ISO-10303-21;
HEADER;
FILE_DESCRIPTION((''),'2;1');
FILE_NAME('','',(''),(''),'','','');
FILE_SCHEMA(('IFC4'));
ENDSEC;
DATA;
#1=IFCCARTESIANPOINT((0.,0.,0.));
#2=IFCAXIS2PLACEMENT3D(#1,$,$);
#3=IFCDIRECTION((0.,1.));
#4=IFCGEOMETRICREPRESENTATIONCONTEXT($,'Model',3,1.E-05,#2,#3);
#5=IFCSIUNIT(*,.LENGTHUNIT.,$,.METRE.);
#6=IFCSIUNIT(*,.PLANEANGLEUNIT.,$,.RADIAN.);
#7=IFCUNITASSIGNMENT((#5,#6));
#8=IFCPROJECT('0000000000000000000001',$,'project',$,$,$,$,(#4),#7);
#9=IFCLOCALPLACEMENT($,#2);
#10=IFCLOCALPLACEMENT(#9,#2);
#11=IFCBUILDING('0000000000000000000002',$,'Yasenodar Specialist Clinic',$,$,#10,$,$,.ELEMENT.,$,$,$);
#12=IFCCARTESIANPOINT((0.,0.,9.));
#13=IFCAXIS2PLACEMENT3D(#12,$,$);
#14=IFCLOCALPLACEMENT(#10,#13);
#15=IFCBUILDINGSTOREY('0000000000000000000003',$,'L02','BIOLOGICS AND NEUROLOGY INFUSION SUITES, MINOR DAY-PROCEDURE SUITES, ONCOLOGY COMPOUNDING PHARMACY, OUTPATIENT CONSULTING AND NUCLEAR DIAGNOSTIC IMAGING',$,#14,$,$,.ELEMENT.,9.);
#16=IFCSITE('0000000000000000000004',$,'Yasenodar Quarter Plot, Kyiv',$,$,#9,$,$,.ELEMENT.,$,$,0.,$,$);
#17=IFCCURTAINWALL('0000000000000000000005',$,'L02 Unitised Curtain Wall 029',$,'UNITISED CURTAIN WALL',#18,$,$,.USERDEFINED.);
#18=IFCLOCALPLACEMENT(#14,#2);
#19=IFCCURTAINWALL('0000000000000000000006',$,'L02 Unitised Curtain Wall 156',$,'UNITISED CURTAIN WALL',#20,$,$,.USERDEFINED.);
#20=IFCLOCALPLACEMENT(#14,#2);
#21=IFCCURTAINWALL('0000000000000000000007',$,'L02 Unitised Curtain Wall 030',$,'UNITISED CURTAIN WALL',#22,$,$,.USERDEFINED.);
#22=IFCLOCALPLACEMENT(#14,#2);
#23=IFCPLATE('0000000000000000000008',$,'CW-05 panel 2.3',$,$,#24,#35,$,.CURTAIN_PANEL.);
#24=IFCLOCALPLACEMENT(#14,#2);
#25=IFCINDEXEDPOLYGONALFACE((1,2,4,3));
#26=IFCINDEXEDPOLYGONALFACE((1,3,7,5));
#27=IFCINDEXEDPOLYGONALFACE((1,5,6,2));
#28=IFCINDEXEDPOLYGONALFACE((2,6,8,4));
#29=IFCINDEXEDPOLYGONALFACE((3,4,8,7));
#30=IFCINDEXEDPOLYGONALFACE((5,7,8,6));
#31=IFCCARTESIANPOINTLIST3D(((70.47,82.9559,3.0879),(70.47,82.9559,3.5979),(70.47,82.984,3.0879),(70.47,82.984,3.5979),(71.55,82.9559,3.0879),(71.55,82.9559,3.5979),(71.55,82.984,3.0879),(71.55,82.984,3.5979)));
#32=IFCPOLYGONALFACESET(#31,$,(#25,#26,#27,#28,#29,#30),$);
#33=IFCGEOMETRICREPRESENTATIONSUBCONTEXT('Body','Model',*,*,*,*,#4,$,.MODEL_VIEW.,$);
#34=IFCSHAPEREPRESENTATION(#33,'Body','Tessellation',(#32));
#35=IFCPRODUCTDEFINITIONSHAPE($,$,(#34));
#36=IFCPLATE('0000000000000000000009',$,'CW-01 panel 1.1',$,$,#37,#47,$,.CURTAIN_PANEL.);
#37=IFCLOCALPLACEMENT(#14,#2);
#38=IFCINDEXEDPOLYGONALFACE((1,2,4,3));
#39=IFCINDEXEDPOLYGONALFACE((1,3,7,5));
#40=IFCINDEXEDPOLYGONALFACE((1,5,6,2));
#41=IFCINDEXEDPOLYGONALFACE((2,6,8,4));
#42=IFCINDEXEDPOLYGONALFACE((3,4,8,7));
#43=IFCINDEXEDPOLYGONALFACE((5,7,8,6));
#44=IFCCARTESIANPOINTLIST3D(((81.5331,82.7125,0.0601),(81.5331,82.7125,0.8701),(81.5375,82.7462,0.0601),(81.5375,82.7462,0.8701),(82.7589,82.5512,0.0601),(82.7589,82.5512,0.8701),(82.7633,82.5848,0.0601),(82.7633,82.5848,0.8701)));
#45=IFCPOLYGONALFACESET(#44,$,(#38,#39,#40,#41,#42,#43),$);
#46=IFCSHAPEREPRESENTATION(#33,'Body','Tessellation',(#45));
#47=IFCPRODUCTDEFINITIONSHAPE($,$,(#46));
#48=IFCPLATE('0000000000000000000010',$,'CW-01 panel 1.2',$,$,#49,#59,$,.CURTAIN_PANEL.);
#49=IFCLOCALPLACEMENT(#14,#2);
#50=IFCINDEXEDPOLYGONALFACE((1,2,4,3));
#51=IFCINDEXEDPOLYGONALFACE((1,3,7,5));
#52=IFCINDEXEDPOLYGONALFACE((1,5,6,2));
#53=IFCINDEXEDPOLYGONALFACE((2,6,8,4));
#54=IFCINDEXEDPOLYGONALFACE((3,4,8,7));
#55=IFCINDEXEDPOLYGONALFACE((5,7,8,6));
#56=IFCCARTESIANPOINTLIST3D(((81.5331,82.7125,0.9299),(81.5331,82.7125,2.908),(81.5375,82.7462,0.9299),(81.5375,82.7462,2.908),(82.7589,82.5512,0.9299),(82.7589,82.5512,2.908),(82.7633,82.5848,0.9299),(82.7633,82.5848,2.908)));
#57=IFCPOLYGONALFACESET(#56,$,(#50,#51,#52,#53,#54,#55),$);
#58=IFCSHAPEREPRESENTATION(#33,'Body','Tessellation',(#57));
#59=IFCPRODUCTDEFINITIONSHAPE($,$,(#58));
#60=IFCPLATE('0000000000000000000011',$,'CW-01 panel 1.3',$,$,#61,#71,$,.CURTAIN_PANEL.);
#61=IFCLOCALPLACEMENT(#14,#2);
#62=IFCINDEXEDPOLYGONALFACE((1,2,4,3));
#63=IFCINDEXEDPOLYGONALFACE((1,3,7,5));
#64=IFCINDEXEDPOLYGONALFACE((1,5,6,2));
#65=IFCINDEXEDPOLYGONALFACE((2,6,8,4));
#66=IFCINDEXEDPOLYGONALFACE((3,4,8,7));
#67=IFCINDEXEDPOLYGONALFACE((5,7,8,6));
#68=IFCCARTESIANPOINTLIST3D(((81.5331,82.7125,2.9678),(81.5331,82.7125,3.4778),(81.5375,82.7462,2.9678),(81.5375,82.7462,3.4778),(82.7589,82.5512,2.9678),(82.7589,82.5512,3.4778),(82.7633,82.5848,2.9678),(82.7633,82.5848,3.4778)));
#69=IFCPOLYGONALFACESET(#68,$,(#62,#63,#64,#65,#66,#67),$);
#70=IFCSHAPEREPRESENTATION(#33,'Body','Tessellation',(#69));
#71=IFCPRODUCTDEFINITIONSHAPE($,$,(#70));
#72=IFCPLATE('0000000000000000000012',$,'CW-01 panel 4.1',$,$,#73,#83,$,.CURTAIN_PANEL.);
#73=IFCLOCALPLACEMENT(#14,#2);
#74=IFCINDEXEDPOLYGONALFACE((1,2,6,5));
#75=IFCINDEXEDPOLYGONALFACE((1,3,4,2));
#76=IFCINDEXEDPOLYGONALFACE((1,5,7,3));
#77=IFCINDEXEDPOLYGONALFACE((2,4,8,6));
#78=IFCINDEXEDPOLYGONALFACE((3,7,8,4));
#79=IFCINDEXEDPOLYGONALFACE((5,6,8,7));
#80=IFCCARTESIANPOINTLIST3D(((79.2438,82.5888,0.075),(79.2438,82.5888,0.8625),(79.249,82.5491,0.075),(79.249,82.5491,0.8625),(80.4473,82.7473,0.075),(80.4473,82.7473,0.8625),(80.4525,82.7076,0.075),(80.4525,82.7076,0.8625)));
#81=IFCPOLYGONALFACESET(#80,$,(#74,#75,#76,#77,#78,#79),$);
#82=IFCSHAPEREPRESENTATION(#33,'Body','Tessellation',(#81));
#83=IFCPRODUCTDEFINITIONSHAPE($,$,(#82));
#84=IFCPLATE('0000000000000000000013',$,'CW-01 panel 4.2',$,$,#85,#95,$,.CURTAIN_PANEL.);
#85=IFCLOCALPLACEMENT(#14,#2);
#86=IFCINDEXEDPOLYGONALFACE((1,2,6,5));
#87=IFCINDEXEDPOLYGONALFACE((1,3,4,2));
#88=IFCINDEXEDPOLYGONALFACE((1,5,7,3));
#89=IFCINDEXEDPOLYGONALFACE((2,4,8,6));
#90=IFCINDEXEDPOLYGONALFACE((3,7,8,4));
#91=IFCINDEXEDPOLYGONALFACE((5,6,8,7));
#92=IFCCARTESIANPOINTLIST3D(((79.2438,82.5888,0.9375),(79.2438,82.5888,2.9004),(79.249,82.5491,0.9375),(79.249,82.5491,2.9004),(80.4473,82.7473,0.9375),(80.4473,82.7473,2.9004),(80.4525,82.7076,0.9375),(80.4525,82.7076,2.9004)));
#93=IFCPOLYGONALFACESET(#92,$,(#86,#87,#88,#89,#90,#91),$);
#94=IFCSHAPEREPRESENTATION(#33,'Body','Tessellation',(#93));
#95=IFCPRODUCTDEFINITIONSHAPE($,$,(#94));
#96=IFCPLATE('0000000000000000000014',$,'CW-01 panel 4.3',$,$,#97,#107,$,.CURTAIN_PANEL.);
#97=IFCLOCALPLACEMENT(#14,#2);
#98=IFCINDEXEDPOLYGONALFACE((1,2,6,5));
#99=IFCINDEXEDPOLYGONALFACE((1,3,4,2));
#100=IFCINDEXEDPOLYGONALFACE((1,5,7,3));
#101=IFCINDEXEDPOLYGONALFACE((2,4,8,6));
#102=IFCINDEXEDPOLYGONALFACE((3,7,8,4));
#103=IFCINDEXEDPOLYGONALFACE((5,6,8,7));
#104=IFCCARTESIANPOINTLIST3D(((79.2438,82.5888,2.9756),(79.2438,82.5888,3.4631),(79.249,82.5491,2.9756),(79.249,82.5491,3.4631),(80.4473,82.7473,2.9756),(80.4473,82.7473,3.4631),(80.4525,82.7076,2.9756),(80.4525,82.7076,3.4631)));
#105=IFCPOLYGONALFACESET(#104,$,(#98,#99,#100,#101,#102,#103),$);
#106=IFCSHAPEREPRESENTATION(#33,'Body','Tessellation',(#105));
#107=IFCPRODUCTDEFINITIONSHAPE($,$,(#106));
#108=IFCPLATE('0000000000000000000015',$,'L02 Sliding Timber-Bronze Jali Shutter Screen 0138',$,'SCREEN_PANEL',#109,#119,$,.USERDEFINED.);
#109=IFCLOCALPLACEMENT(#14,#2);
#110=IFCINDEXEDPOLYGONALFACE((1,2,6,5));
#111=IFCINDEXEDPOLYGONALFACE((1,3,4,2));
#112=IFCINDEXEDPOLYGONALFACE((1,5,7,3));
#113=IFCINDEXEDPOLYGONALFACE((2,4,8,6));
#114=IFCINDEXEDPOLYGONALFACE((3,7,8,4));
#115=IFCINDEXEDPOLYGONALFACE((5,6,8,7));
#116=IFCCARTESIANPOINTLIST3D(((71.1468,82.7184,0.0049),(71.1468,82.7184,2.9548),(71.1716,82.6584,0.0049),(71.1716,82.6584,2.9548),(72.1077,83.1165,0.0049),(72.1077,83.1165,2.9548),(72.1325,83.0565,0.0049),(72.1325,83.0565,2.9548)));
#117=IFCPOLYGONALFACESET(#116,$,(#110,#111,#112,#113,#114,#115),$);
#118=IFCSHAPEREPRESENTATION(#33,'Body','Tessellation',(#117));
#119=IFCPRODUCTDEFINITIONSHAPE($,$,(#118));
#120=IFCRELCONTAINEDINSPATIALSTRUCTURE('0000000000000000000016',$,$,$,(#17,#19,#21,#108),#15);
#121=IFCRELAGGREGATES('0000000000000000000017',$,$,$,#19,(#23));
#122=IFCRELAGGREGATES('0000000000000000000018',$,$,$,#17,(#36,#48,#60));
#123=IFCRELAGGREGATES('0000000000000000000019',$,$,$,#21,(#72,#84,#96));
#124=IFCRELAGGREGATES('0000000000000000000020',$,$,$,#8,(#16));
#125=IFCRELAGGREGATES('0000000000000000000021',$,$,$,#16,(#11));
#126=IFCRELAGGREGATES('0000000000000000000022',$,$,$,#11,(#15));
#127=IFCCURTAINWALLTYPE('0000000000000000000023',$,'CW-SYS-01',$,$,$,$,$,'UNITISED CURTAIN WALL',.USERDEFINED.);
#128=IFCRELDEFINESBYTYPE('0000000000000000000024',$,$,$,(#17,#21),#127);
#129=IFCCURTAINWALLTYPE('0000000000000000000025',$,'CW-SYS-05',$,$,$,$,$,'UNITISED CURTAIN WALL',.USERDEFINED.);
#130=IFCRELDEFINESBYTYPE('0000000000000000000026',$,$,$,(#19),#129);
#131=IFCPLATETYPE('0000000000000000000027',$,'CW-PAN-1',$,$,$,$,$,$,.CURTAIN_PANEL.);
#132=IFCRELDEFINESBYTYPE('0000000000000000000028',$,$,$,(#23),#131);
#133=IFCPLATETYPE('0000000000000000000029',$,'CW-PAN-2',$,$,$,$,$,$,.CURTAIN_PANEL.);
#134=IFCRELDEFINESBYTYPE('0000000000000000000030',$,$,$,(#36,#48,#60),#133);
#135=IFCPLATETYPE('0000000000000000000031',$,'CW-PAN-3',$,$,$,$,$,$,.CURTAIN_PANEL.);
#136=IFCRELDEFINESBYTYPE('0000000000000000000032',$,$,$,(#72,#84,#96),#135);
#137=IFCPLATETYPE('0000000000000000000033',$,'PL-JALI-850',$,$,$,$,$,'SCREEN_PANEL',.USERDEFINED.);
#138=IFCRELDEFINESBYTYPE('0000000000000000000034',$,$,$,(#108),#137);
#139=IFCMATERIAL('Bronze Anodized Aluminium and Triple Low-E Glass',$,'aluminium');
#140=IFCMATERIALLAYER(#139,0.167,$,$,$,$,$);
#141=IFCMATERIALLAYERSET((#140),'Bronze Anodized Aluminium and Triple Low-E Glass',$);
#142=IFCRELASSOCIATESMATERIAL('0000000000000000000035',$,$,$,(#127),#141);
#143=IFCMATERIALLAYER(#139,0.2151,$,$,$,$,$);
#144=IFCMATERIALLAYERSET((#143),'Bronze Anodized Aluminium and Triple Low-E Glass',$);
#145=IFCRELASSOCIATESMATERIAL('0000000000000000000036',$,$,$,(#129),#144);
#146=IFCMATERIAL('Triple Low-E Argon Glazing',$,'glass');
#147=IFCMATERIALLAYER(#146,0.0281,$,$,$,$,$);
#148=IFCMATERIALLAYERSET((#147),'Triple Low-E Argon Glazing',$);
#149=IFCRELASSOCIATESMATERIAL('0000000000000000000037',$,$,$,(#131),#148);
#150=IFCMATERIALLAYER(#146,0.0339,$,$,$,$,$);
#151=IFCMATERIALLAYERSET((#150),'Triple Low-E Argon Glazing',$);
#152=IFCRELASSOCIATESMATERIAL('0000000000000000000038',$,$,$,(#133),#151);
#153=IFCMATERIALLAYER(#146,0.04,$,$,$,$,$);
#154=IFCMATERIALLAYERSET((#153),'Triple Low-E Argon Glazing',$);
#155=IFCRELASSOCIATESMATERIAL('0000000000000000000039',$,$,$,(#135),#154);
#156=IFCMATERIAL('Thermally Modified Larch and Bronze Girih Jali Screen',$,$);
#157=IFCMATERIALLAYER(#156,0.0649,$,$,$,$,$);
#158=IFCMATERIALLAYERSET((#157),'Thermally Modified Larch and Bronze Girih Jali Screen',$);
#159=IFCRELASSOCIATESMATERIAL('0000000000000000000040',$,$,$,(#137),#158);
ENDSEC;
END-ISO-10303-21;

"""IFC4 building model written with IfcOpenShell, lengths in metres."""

from ifc_helpers import new_model, si_unit, direction, frame, origin, origin_2d, place, context, subcontext, project, spatial, rectangle, extrude, material, layer, layer_set, type_object, element, aggregate, save


model = new_model("IFC4")

# Units and contexts
model_context = context("Model", 3, precision=1e-05, world=origin(), true_north=direction((0.0, 1.0)))
body_context = subcontext(model_context, "Body", "Model", "MODEL_VIEW")
ifc_project = project(units=[si_unit("LENGTHUNIT", "METRE"), si_unit("PLANEANGLEUNIT", "RADIAN")], contexts=[model_context])

# Site, building, storey
site_placement = place(None, origin())
site = spatial("IfcSite", under=ifc_project, at=site_placement, Name="Yasenodar Quarter Plot, Kyiv", CompositionType="ELEMENT", RefElevation=0.0)
building_placement = place(site_placement, origin())
building = spatial("IfcBuilding", under=site, at=building_placement, Name="Yasenodar Specialist Clinic", CompositionType="ELEMENT")
storey_placement = place(building_placement, frame((0.0, 0.0, 9.0)))
storey = spatial("IfcBuildingStorey", under=building, at=storey_placement, Name="L02", Description="BIOLOGICS AND NEUROLOGY INFUSION SUITES, MINOR DAY-PROCEDURE SUITES, ONCOLOGY COMPOUNDING PHARMACY, OUTPATIENT CONSULTING AND NUCLEAR DIAGNOSTIC IMAGING", CompositionType="ELEMENT", Elevation=9.0)

# Curtain wall
ifc_material_1 = material(Name="Bronze Anodized Aluminium and Triple Low-E Glass", Category="aluminium")
ifc_layer_1 = layer(ifc_material_1, 0.167)
ifc_layer_set_1 = layer_set([ifc_layer_1], Name="Bronze Anodized Aluminium and Triple Low-E Glass")
curtain_wall_type_1 = type_object("IfcCurtainWallType", Name="CW-SYS-01", ElementType="UNITISED CURTAIN WALL", PredefinedType="USERDEFINED", material=ifc_layer_set_1)
curtain_wall_1_placement = place(storey_placement, origin())
curtain_wall_1 = element("IfcCurtainWall", 1, at=curtain_wall_1_placement, inside=storey, type_object=curtain_wall_type_1, Name="L02 Unitised Curtain Wall 029", ObjectType="UNITISED CURTAIN WALL", PredefinedType="USERDEFINED")

# Curtain wall
ifc_layer_2 = layer(ifc_material_1, 0.2151)
ifc_layer_set_2 = layer_set([ifc_layer_2], Name="Bronze Anodized Aluminium and Triple Low-E Glass")
curtain_wall_type_2 = type_object("IfcCurtainWallType", Name="CW-SYS-05", ElementType="UNITISED CURTAIN WALL", PredefinedType="USERDEFINED", material=ifc_layer_set_2)
curtain_wall_2_placement = place(storey_placement, origin())
curtain_wall_2 = element("IfcCurtainWall", 2, at=curtain_wall_2_placement, inside=storey, type_object=curtain_wall_type_2, Name="L02 Unitised Curtain Wall 156", ObjectType="UNITISED CURTAIN WALL", PredefinedType="USERDEFINED")

# Curtain wall
curtain_wall_3_placement = place(storey_placement, origin())
curtain_wall_3 = element("IfcCurtainWall", 3, at=curtain_wall_3_placement, inside=storey, type_object=curtain_wall_type_1, Name="L02 Unitised Curtain Wall 030", ObjectType="UNITISED CURTAIN WALL", PredefinedType="USERDEFINED")

# Plates
ifc_material_2 = material(Name="Triple Low-E Argon Glazing", Category="glass")
ifc_layer_3 = layer(ifc_material_2, 0.0281)
ifc_layer_set_3 = layer_set([ifc_layer_3], Name="Triple Low-E Argon Glazing")
plate_type_1 = type_object("IfcPlateType", Name="CW-PAN-1", PredefinedType="CURTAIN_PANEL", material=ifc_layer_set_3)
plate_1_placement = place(storey_placement, frame((71.01, 82.97, 3.0879), z_axis=(0.0, 0.0, 1.0), x_axis=(-1.0, 0.0, 0.0)))
plate_1 = element("IfcPlate", 4, at=plate_1_placement, type_object=plate_type_1, Name="CW-05 panel 2.3", PredefinedType="CURTAIN_PANEL", context=body_context, shape_type="SweptSolid", body=[
    extrude(rectangle(XDim=1.0801, YDim=0.0281, at=origin_2d()), origin(), (0.0, 0.0, 1.0), 0.51),
])
aggregate(curtain_wall_2, [plate_1])
ifc_layer_4 = layer(ifc_material_2, 0.0339)
ifc_layer_set_4 = layer_set([ifc_layer_4], Name="Triple Low-E Argon Glazing")
plate_type_2 = type_object("IfcPlateType", Name="CW-PAN-2", PredefinedType="CURTAIN_PANEL", material=ifc_layer_set_4)
plate_2_placement = place(storey_placement, frame((82.1482, 82.6487, 0.0601), z_axis=(0.0, 0.0, 1.0), x_axis=(0.991447, -0.130512, 0.0)))
plate_2 = element("IfcPlate", 5, at=plate_2_placement, type_object=plate_type_2, Name="CW-01 panel 1.1", PredefinedType="CURTAIN_PANEL", context=body_context, shape_type="SweptSolid", body=[
    extrude(rectangle(XDim=1.2363, YDim=0.0339, at=origin_2d()), origin(), (0.0, 0.0, 1.0), 0.8101),
])
plate_3_placement = place(storey_placement, frame((82.1482, 82.6487, 0.9299), z_axis=(0.0, 0.0, 1.0), x_axis=(0.991447, -0.130512, 0.0)))
plate_3 = element("IfcPlate", 6, at=plate_3_placement, type_object=plate_type_2, Name="CW-01 panel 1.2", PredefinedType="CURTAIN_PANEL", context=body_context, shape_type="SweptSolid", body=[
    extrude(rectangle(XDim=1.2363, YDim=0.0339, at=origin_2d()), origin(), (0.0, 0.0, 1.0), 1.978),
])
plate_4_placement = place(storey_placement, frame((82.1482, 82.6487, 2.9678), z_axis=(0.0, 0.0, 1.0), x_axis=(0.991447, -0.130512, 0.0)))
plate_4 = element("IfcPlate", 7, at=plate_4_placement, type_object=plate_type_2, Name="CW-01 panel 1.3", PredefinedType="CURTAIN_PANEL", context=body_context, shape_type="SweptSolid", body=[
    extrude(rectangle(XDim=1.2363, YDim=0.0339, at=origin_2d()), origin(), (0.0, 0.0, 1.0), 0.51),
])
aggregate(curtain_wall_1, [plate_2, plate_3, plate_4])
ifc_layer_5 = layer(ifc_material_2, 0.04)
ifc_layer_set_5 = layer_set([ifc_layer_5], Name="Triple Low-E Argon Glazing")
plate_type_3 = type_object("IfcPlateType", Name="CW-PAN-3", PredefinedType="CURTAIN_PANEL", material=ifc_layer_set_5)
plate_5_placement = place(storey_placement, frame((79.8481, 82.6482, 0.075), z_axis=(0.0, 0.0, 1.0), x_axis=(0.991447, 0.130512, 0.0)))
plate_5 = element("IfcPlate", 8, at=plate_5_placement, type_object=plate_type_3, Name="CW-01 panel 4.1", PredefinedType="CURTAIN_PANEL", context=body_context, shape_type="SweptSolid", body=[
    extrude(rectangle(XDim=1.2139, YDim=0.04, at=origin_2d()), origin(), (0.0, 0.0, 1.0), 0.7876),
])
plate_6_placement = place(storey_placement, frame((79.8481, 82.6482, 0.9375), z_axis=(0.0, 0.0, 1.0), x_axis=(0.991447, 0.130512, 0.0)))
plate_6 = element("IfcPlate", 9, at=plate_6_placement, type_object=plate_type_3, Name="CW-01 panel 4.2", PredefinedType="CURTAIN_PANEL", context=body_context, shape_type="SweptSolid", body=[
    extrude(rectangle(XDim=1.2139, YDim=0.04, at=origin_2d()), origin(), (0.0, 0.0, 1.0), 1.9629),
])
plate_7_placement = place(storey_placement, frame((79.8481, 82.6482, 2.9756), z_axis=(0.0, 0.0, 1.0), x_axis=(0.991447, 0.130512, 0.0)))
plate_7 = element("IfcPlate", 10, at=plate_7_placement, type_object=plate_type_3, Name="CW-01 panel 4.3", PredefinedType="CURTAIN_PANEL", context=body_context, shape_type="SweptSolid", body=[
    extrude(rectangle(XDim=1.2139, YDim=0.04, at=origin_2d()), origin(), (0.0, 0.0, 1.0), 0.4875),
])
aggregate(curtain_wall_3, [plate_5, plate_6, plate_7])
ifc_material_3 = material(Name="Thermally Modified Larch and Bronze Girih Jali Screen")
ifc_layer_6 = layer(ifc_material_3, 0.0649)
ifc_layer_set_6 = layer_set([ifc_layer_6], Name="Thermally Modified Larch and Bronze Girih Jali Screen")
plate_type_4 = type_object("IfcPlateType", Name="PL-JALI-850", ElementType="SCREEN_PANEL", PredefinedType="USERDEFINED", material=ifc_layer_set_6)
plate_8_placement = place(storey_placement, frame((71.6396, 82.8875, 0.0049), z_axis=(0.0, 0.0, 1.0), x_axis=(-0.923878, -0.382687, 0.0)))
element("IfcPlate", 11, at=plate_8_placement, inside=storey, type_object=plate_type_4, Name="L02 Sliding Timber-Bronze Jali Shutter Screen 0138", ObjectType="SCREEN_PANEL", PredefinedType="USERDEFINED", context=body_context, shape_type="SweptSolid", body=[
    extrude(rectangle(XDim=1.04, YDim=0.0649, at=origin_2d()), origin(), (0.0, 0.0, 1.0), 2.95),
])

save(model, "model.ifc")
